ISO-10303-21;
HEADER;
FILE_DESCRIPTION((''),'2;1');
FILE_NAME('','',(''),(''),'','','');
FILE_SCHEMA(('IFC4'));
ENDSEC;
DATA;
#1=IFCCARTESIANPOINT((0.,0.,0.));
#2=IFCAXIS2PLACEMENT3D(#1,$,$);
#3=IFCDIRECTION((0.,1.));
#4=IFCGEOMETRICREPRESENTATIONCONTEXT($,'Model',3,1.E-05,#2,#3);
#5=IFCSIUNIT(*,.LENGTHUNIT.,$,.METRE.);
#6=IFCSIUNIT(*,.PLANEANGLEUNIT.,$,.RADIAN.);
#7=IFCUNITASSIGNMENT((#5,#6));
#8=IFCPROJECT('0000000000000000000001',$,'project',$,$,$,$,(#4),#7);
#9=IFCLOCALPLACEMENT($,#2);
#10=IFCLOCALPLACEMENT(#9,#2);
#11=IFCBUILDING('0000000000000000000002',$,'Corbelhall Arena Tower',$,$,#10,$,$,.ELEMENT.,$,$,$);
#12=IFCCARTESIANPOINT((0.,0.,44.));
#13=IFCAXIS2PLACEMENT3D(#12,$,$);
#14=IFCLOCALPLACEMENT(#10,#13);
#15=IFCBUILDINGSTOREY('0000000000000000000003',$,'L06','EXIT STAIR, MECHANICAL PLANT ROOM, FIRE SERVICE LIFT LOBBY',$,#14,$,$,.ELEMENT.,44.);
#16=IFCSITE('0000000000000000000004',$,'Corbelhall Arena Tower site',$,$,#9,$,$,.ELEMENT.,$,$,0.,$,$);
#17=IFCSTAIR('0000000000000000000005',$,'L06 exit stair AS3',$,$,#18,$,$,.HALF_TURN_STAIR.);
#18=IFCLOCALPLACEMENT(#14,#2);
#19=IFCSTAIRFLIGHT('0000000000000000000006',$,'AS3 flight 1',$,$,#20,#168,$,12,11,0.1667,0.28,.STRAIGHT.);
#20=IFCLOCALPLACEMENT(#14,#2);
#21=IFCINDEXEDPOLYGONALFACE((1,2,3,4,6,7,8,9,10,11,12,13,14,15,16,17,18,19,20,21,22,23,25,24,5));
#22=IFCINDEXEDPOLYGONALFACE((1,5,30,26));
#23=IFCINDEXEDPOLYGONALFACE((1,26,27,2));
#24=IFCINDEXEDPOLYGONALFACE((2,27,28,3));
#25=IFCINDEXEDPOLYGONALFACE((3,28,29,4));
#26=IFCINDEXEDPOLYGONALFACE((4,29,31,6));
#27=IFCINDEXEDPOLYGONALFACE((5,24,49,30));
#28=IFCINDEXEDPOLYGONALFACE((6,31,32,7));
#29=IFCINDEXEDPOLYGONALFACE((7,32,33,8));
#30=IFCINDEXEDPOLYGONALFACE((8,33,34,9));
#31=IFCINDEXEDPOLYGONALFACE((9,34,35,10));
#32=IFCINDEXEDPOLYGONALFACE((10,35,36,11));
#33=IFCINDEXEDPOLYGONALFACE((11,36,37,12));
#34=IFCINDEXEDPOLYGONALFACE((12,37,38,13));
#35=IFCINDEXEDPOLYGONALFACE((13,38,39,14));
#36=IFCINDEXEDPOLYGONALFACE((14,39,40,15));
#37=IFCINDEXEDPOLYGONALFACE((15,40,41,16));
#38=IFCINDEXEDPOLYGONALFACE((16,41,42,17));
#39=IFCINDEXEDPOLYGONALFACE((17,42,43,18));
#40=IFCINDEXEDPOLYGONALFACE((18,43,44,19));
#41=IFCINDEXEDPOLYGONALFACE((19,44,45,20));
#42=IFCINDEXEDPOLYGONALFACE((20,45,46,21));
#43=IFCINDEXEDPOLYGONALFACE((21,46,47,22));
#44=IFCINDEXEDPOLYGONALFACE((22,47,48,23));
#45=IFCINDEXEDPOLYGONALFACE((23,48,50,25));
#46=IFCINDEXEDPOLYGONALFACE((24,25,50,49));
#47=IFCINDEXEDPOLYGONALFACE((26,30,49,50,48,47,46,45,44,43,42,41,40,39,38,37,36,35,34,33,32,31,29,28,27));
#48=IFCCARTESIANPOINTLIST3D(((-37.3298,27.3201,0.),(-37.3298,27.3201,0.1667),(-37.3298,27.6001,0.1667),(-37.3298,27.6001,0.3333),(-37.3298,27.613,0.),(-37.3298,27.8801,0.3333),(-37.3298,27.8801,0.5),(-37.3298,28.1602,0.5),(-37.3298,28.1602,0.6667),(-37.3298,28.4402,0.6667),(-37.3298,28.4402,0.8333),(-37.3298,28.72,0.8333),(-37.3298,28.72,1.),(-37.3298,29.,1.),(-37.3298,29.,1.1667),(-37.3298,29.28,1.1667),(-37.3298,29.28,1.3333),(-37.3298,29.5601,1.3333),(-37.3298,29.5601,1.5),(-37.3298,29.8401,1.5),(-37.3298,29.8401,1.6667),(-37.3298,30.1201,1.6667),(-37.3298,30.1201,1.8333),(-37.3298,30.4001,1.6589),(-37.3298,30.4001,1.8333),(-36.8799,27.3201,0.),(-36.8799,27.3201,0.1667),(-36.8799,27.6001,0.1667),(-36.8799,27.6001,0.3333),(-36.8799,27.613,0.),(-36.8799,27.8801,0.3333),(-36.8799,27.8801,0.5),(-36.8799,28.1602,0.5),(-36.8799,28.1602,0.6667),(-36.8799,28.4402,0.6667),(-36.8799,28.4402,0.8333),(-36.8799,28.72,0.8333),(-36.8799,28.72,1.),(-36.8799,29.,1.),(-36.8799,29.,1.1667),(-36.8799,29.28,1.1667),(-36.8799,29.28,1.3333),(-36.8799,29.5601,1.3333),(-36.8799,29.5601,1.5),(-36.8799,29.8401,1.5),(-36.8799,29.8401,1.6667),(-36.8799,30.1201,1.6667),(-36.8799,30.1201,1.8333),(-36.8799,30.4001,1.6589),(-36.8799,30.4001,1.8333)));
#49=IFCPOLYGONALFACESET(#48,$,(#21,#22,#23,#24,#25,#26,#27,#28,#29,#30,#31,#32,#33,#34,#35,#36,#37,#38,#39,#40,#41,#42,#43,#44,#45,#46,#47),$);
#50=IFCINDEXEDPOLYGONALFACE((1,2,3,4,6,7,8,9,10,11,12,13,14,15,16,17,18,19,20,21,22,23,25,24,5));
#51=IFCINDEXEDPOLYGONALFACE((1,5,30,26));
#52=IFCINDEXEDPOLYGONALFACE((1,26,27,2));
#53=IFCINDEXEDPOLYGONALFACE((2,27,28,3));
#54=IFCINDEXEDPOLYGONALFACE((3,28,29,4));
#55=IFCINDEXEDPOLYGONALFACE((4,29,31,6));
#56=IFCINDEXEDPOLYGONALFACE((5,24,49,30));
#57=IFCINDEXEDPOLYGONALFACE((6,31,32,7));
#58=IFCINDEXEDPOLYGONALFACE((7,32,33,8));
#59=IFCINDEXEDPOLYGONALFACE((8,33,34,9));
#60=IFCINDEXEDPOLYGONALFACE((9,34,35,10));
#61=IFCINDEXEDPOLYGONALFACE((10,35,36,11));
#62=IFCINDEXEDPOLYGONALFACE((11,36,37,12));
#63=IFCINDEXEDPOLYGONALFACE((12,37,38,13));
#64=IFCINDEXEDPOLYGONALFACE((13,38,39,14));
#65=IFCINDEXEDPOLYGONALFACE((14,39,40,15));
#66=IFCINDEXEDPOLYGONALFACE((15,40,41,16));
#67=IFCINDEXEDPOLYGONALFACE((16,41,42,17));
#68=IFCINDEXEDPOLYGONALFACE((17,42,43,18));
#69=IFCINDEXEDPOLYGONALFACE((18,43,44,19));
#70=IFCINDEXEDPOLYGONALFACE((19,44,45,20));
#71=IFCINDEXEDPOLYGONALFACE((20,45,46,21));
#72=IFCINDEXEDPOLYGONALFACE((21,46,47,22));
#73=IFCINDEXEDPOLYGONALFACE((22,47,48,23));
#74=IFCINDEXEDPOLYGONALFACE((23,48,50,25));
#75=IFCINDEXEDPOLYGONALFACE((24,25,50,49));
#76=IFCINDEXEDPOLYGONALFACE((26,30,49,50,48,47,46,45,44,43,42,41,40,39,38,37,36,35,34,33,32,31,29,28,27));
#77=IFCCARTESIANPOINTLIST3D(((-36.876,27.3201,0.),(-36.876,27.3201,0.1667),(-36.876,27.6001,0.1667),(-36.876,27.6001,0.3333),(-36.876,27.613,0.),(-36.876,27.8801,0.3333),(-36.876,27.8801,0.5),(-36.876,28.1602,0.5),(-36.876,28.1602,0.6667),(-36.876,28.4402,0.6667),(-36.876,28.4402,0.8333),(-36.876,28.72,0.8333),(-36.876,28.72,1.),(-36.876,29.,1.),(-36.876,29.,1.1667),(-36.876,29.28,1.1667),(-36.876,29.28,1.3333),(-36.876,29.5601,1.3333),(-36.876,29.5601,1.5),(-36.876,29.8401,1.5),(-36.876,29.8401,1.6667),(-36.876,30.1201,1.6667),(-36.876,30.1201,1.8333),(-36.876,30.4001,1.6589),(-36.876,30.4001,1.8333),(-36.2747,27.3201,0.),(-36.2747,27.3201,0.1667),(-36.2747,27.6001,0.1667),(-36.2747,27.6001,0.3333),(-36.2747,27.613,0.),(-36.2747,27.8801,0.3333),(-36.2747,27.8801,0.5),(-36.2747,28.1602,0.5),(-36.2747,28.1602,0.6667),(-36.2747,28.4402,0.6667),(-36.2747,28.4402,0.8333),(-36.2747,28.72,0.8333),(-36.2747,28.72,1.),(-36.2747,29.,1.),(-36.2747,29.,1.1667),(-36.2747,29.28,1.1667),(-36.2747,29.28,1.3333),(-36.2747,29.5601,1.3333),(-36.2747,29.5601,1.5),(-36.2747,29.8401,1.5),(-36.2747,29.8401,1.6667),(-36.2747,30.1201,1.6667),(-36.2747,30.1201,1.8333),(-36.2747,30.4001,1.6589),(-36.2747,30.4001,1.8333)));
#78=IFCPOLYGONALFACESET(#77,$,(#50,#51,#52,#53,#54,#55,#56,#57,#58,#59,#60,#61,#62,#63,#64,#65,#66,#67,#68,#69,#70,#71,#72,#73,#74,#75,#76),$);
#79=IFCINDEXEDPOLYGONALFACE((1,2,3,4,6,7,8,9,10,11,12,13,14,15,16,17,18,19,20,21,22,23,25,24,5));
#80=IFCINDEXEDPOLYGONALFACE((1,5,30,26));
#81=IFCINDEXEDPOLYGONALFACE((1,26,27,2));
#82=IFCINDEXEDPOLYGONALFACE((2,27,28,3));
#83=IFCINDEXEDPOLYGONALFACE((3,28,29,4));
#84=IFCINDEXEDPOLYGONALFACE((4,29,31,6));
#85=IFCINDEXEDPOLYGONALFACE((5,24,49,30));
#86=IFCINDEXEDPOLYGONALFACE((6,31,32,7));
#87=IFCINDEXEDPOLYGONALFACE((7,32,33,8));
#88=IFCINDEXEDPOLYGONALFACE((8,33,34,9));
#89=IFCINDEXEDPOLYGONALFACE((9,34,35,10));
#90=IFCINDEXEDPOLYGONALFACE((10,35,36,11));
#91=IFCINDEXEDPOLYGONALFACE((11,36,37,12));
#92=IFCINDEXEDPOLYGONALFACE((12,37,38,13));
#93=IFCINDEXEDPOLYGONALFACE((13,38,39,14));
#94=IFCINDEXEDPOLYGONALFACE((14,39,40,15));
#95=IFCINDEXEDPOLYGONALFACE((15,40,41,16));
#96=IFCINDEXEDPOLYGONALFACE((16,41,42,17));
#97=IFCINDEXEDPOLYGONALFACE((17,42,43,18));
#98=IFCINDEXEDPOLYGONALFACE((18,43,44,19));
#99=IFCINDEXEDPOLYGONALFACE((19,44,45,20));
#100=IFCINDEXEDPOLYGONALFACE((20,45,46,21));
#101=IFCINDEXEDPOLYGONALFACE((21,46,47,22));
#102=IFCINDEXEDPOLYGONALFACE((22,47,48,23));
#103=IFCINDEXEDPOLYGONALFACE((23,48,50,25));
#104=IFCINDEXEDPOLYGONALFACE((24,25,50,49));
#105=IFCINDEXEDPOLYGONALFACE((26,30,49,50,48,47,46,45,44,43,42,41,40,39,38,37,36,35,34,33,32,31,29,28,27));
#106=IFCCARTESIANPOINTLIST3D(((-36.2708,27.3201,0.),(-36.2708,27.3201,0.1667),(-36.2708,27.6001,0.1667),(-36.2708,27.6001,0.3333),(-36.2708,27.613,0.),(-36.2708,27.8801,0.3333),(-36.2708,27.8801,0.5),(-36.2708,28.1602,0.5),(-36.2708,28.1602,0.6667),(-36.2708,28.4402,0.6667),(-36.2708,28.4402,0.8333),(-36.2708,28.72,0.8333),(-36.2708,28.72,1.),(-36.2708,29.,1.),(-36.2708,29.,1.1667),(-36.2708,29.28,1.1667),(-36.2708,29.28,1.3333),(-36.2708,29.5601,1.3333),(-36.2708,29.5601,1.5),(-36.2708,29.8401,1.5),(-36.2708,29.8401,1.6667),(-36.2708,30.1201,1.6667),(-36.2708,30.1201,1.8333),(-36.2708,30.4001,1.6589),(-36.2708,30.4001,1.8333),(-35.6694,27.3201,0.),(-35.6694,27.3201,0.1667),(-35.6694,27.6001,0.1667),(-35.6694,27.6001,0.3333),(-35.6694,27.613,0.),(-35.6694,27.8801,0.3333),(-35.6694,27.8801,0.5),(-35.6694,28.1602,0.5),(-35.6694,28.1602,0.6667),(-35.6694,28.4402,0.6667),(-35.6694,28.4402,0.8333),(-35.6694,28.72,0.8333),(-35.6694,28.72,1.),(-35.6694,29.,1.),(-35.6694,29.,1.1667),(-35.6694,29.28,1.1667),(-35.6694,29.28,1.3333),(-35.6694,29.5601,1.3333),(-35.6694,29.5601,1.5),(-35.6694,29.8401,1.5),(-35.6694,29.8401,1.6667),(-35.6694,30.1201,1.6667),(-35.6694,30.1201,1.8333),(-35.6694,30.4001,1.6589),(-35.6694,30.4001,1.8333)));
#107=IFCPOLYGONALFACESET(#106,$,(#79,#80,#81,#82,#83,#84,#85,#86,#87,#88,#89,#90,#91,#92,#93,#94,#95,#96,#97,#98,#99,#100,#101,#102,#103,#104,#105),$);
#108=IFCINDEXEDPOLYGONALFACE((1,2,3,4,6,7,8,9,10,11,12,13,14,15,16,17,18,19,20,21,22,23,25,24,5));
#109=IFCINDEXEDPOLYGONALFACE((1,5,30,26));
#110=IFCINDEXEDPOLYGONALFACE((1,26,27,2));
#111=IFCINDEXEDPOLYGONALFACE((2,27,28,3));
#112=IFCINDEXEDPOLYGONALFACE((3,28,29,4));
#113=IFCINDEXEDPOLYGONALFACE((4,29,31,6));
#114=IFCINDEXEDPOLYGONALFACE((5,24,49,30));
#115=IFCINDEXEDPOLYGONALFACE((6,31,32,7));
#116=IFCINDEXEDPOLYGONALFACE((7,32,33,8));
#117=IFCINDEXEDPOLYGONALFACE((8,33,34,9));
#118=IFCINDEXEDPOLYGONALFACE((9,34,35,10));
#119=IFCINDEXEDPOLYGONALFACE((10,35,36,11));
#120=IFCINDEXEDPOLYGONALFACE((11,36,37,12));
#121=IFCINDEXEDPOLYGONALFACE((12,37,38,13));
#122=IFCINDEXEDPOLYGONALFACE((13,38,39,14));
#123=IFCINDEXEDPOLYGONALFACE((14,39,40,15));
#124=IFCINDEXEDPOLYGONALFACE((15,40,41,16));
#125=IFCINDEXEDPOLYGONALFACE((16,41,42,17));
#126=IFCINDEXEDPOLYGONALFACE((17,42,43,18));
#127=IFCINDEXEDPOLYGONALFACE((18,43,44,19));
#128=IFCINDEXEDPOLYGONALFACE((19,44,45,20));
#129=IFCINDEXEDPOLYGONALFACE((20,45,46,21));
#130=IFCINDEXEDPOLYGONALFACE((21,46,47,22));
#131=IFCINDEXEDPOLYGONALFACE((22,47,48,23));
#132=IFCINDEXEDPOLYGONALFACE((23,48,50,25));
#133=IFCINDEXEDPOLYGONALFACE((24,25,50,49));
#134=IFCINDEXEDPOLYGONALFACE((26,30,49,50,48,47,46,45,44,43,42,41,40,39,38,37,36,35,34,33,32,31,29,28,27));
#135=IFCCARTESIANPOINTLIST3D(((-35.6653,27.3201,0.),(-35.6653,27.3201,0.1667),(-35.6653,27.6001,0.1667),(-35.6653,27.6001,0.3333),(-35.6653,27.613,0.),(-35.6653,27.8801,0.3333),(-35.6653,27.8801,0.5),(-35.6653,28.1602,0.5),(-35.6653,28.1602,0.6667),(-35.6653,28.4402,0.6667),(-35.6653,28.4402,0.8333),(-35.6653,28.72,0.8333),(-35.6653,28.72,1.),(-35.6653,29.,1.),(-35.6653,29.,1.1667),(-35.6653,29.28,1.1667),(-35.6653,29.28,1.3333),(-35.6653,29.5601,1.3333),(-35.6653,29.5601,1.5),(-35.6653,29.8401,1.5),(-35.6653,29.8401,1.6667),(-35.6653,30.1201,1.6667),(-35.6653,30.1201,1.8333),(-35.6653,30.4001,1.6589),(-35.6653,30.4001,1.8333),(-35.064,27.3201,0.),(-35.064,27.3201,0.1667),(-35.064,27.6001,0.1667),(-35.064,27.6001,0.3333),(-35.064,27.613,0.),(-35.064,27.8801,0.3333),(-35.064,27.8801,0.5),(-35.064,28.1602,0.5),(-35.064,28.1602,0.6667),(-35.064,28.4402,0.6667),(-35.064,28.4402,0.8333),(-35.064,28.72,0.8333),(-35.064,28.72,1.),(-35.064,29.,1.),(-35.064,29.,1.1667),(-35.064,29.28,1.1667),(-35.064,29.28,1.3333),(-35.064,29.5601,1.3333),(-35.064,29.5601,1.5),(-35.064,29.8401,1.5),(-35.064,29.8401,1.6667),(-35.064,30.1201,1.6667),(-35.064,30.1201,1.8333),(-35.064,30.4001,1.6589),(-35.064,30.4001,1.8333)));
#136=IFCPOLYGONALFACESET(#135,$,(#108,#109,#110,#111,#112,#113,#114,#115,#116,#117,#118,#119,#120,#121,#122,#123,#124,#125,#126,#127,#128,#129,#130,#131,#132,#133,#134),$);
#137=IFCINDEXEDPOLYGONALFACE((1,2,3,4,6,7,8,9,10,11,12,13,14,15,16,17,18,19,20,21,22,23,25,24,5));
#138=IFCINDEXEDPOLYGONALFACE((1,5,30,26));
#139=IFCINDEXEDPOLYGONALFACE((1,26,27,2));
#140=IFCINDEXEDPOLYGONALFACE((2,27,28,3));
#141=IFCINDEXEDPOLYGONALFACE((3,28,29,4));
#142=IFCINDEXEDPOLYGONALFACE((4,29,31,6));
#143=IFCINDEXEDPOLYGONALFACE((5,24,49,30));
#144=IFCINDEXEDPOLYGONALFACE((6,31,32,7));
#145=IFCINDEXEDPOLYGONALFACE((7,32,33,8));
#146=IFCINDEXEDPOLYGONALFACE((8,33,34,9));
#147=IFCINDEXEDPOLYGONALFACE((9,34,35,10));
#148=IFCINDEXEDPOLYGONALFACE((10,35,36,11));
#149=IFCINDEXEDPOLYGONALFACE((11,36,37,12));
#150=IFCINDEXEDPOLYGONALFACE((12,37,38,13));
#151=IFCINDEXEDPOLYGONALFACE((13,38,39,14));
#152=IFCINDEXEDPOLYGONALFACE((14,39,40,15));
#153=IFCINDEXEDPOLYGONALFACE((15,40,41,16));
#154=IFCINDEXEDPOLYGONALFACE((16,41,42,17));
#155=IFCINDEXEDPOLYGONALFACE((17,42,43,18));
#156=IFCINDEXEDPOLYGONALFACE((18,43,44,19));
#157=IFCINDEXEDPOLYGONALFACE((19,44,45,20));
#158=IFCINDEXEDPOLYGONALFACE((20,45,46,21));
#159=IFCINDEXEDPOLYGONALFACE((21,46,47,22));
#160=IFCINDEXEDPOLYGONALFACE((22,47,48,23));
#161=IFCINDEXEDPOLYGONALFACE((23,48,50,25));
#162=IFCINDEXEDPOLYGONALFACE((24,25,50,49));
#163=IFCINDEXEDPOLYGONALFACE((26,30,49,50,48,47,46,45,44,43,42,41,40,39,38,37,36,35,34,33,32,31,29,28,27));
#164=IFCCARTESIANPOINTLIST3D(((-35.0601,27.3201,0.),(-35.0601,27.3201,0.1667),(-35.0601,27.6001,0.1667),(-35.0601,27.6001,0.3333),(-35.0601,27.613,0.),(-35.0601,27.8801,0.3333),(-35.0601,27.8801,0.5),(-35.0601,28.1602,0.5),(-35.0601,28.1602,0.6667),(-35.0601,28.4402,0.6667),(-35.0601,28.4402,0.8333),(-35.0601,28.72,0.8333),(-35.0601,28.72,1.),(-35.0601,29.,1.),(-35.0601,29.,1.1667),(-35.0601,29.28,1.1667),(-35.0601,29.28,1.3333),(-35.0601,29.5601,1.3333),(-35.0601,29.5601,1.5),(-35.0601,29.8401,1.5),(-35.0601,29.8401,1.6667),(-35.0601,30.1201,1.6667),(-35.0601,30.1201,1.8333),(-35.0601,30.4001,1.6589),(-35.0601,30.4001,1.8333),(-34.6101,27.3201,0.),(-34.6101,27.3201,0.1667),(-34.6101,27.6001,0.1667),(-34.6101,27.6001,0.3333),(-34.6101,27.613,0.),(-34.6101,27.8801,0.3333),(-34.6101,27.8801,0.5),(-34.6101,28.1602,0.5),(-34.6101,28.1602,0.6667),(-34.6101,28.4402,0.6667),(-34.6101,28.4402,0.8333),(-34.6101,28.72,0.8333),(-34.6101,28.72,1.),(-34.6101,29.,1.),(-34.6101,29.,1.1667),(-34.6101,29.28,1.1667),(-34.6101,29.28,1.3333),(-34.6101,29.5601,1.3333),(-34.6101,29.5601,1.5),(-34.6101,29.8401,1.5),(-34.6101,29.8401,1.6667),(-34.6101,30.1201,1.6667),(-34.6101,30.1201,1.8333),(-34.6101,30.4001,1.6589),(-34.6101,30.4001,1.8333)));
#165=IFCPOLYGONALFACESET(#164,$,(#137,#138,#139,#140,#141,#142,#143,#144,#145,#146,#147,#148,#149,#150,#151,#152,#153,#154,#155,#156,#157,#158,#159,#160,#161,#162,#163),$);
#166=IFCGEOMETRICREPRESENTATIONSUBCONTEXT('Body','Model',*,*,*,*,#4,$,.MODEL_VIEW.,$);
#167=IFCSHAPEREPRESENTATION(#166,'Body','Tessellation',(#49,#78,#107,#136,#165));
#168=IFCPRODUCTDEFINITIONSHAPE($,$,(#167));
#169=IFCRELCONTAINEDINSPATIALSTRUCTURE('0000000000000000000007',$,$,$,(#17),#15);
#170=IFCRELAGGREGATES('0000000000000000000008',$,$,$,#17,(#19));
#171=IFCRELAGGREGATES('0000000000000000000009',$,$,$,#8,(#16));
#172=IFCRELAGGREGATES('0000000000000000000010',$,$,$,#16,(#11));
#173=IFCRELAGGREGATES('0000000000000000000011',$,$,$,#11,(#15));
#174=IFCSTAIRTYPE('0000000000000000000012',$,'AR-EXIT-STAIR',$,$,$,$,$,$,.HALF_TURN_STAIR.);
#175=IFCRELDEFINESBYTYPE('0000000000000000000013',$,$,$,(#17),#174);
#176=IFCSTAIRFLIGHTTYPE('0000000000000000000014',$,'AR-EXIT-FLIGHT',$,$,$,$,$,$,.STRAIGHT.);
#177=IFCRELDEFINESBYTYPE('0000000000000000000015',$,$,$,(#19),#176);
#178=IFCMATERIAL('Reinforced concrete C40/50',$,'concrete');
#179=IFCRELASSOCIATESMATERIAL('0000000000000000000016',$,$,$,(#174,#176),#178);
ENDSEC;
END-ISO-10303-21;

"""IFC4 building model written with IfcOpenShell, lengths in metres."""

from ifc_helpers import new_model, si_unit, direction, frame, origin, place, context, subcontext, project, spatial, polyline, outline, extrude, material, type_object, element, aggregate, save


model = new_model("IFC4")

# Units and contexts
model_context = context("Model", 3, precision=1e-05, world=origin(), true_north=direction((0.0, 1.0)))
body_context = subcontext(model_context, "Body", "Model", "MODEL_VIEW")
ifc_project = project(units=[si_unit("LENGTHUNIT", "METRE"), si_unit("PLANEANGLEUNIT", "RADIAN")], contexts=[model_context])

# Site, building, storey
site_placement = place(None, origin())
site = spatial("IfcSite", under=ifc_project, at=site_placement, Name="Corbelhall Arena Tower site", CompositionType="ELEMENT", RefElevation=0.0)
building_placement = place(site_placement, origin())
building = spatial("IfcBuilding", under=site, at=building_placement, Name="Corbelhall Arena Tower", CompositionType="ELEMENT")
storey_placement = place(building_placement, frame((0.0, 0.0, 44.0)))
storey = spatial("IfcBuildingStorey", under=building, at=storey_placement, Name="L06", Description="EXIT STAIR, MECHANICAL PLANT ROOM, FIRE SERVICE LIFT LOBBY", CompositionType="ELEMENT", Elevation=44.0)

# Shared definitions
ifc_material_1 = material(Name="Reinforced concrete C40/50", Category="concrete")

# Stair, stair flight
stair_type = type_object("IfcStairType", Name="AR-EXIT-STAIR", PredefinedType="HALF_TURN_STAIR", material=ifc_material_1)
stair_1_placement = place(storey_placement, origin())
stair_1 = element("IfcStair", 1, at=stair_1_placement, inside=storey, type_object=stair_type, Name="L06 exit stair AS3", PredefinedType="HALF_TURN_STAIR")
stair_flight_type = type_object("IfcStairFlightType", Name="AR-EXIT-FLIGHT", PredefinedType="STRAIGHT", material=ifc_material_1)
stair_flight_1_placement = place(storey_placement, frame((-35.97, 27.3201, 0.0), z_axis=(0.0, 0.0, 1.0), x_axis=(0.0, 1.0, 0.0)))
stair_flight_1 = element("IfcStairFlight", 2, at=stair_flight_1_placement, type_object=stair_flight_type, Name="AS3 flight 1", NumberOfRisers=12, NumberOfTreads=11, PredefinedType="STRAIGHT", RiserHeight=0.1667, TreadLength=0.28, context=body_context, shape_type="SweptSolid", body=[
    extrude(outline(polyline([(0.0, 0.0), (0.0, 0.1667), (0.28, 0.1667), (0.28, 0.3333), (0.5601, 0.3333), (0.5601, 0.5), (0.8401, 0.5), (0.8401, 0.6667), (1.1201, 0.6667), (1.1201, 0.8333), (1.3999, 0.8333), (1.3999, 1.0), (1.6799, 1.0), (1.6799, 1.1667), (1.96, 1.1667), (1.96, 1.3333), (2.24, 1.3333), (2.24, 1.5), (2.52, 1.5), (2.52, 1.6667), (2.8, 1.6667), (2.8, 1.8333), (3.0801, 1.8333), (3.0801, 2.0), (3.0801, 1.6589), (0.293, 0.0), (0.0, 0.0)])), frame((0.0, 1.3599, 0.0), z_axis=(0.0, -1.0, 0.0), x_axis=(1.0, 0.0, 0.0)), (0.0, 0.0, 1.0), 0.45),
    extrude(outline(polyline([(0.0, 0.0), (0.0, 0.1667), (0.28, 0.1667), (0.28, 0.3333), (0.5601, 0.3333), (0.5601, 0.5), (0.8401, 0.5), (0.8401, 0.6667), (1.1201, 0.6667), (1.1201, 0.8333), (1.3999, 0.8333), (1.3999, 1.0), (1.6799, 1.0), (1.6799, 1.1667), (1.96, 1.1667), (1.96, 1.3333), (2.24, 1.3333), (2.24, 1.5), (2.52, 1.5), (2.52, 1.6667), (2.8, 1.6667), (2.8, 1.8333), (3.0801, 1.8333), (3.0801, 2.0), (3.0801, 1.6589), (0.293, 0.0), (0.0, 0.0)])), frame((0.0, 0.906, 0.0), z_axis=(0.0, -1.0, 0.0), x_axis=(1.0, 0.0, 0.0)), (0.0, 0.0, 1.0), 0.6013),
    extrude(outline(polyline([(0.0, 0.0), (0.0, 0.1667), (0.28, 0.1667), (0.28, 0.3333), (0.5601, 0.3333), (0.5601, 0.5), (0.8401, 0.5), (0.8401, 0.6667), (1.1201, 0.6667), (1.1201, 0.8333), (1.3999, 0.8333), (1.3999, 1.0), (1.6799, 1.0), (1.6799, 1.1667), (1.96, 1.1667), (1.96, 1.3333), (2.24, 1.3333), (2.24, 1.5), (2.52, 1.5), (2.52, 1.6667), (2.8, 1.6667), (2.8, 1.8333), (3.0801, 1.8333), (3.0801, 2.0), (3.0801, 1.6589), (0.293, 0.0), (0.0, 0.0)])), frame((0.0, 0.3008, 0.0), z_axis=(0.0, -1.0, 0.0), x_axis=(1.0, 0.0, 0.0)), (0.0, 0.0, 1.0), 0.6013),
    extrude(outline(polyline([(0.0, 0.0), (0.0, 0.1667), (0.28, 0.1667), (0.28, 0.3333), (0.5601, 0.3333), (0.5601, 0.5), (0.8401, 0.5), (0.8401, 0.6667), (1.1201, 0.6667), (1.1201, 0.8333), (1.3999, 0.8333), (1.3999, 1.0), (1.6799, 1.0), (1.6799, 1.1667), (1.96, 1.1667), (1.96, 1.3333), (2.24, 1.3333), (2.24, 1.5), (2.52, 1.5), (2.52, 1.6667), (2.8, 1.6667), (2.8, 1.8333), (3.0801, 1.8333), (3.0801, 2.0), (3.0801, 1.6589), (0.293, 0.0), (0.0, 0.0)])), frame((0.0, -0.3047, 0.0), z_axis=(0.0, -1.0, 0.0), x_axis=(1.0, 0.0, 0.0)), (0.0, 0.0, 1.0), 0.6013),
    extrude(outline(polyline([(0.0, 0.0), (0.0, 0.1667), (0.28, 0.1667), (0.28, 0.3333), (0.5601, 0.3333), (0.5601, 0.5), (0.8401, 0.5), (0.8401, 0.6667), (1.1201, 0.6667), (1.1201, 0.8333), (1.3999, 0.8333), (1.3999, 1.0), (1.6799, 1.0), (1.6799, 1.1667), (1.96, 1.1667), (1.96, 1.3333), (2.24, 1.3333), (2.24, 1.5), (2.52, 1.5), (2.52, 1.6667), (2.8, 1.6667), (2.8, 1.8333), (3.0801, 1.8333), (3.0801, 2.0), (3.0801, 1.6589), (0.293, 0.0), (0.0, 0.0)])), frame((0.0, -0.9099, 0.0), z_axis=(0.0, -1.0, 0.0), x_axis=(1.0, 0.0, 0.0)), (0.0, 0.0, 1.0), 0.45),
])
aggregate(stair_1, [stair_flight_1])

save(model, "model.ifc")
